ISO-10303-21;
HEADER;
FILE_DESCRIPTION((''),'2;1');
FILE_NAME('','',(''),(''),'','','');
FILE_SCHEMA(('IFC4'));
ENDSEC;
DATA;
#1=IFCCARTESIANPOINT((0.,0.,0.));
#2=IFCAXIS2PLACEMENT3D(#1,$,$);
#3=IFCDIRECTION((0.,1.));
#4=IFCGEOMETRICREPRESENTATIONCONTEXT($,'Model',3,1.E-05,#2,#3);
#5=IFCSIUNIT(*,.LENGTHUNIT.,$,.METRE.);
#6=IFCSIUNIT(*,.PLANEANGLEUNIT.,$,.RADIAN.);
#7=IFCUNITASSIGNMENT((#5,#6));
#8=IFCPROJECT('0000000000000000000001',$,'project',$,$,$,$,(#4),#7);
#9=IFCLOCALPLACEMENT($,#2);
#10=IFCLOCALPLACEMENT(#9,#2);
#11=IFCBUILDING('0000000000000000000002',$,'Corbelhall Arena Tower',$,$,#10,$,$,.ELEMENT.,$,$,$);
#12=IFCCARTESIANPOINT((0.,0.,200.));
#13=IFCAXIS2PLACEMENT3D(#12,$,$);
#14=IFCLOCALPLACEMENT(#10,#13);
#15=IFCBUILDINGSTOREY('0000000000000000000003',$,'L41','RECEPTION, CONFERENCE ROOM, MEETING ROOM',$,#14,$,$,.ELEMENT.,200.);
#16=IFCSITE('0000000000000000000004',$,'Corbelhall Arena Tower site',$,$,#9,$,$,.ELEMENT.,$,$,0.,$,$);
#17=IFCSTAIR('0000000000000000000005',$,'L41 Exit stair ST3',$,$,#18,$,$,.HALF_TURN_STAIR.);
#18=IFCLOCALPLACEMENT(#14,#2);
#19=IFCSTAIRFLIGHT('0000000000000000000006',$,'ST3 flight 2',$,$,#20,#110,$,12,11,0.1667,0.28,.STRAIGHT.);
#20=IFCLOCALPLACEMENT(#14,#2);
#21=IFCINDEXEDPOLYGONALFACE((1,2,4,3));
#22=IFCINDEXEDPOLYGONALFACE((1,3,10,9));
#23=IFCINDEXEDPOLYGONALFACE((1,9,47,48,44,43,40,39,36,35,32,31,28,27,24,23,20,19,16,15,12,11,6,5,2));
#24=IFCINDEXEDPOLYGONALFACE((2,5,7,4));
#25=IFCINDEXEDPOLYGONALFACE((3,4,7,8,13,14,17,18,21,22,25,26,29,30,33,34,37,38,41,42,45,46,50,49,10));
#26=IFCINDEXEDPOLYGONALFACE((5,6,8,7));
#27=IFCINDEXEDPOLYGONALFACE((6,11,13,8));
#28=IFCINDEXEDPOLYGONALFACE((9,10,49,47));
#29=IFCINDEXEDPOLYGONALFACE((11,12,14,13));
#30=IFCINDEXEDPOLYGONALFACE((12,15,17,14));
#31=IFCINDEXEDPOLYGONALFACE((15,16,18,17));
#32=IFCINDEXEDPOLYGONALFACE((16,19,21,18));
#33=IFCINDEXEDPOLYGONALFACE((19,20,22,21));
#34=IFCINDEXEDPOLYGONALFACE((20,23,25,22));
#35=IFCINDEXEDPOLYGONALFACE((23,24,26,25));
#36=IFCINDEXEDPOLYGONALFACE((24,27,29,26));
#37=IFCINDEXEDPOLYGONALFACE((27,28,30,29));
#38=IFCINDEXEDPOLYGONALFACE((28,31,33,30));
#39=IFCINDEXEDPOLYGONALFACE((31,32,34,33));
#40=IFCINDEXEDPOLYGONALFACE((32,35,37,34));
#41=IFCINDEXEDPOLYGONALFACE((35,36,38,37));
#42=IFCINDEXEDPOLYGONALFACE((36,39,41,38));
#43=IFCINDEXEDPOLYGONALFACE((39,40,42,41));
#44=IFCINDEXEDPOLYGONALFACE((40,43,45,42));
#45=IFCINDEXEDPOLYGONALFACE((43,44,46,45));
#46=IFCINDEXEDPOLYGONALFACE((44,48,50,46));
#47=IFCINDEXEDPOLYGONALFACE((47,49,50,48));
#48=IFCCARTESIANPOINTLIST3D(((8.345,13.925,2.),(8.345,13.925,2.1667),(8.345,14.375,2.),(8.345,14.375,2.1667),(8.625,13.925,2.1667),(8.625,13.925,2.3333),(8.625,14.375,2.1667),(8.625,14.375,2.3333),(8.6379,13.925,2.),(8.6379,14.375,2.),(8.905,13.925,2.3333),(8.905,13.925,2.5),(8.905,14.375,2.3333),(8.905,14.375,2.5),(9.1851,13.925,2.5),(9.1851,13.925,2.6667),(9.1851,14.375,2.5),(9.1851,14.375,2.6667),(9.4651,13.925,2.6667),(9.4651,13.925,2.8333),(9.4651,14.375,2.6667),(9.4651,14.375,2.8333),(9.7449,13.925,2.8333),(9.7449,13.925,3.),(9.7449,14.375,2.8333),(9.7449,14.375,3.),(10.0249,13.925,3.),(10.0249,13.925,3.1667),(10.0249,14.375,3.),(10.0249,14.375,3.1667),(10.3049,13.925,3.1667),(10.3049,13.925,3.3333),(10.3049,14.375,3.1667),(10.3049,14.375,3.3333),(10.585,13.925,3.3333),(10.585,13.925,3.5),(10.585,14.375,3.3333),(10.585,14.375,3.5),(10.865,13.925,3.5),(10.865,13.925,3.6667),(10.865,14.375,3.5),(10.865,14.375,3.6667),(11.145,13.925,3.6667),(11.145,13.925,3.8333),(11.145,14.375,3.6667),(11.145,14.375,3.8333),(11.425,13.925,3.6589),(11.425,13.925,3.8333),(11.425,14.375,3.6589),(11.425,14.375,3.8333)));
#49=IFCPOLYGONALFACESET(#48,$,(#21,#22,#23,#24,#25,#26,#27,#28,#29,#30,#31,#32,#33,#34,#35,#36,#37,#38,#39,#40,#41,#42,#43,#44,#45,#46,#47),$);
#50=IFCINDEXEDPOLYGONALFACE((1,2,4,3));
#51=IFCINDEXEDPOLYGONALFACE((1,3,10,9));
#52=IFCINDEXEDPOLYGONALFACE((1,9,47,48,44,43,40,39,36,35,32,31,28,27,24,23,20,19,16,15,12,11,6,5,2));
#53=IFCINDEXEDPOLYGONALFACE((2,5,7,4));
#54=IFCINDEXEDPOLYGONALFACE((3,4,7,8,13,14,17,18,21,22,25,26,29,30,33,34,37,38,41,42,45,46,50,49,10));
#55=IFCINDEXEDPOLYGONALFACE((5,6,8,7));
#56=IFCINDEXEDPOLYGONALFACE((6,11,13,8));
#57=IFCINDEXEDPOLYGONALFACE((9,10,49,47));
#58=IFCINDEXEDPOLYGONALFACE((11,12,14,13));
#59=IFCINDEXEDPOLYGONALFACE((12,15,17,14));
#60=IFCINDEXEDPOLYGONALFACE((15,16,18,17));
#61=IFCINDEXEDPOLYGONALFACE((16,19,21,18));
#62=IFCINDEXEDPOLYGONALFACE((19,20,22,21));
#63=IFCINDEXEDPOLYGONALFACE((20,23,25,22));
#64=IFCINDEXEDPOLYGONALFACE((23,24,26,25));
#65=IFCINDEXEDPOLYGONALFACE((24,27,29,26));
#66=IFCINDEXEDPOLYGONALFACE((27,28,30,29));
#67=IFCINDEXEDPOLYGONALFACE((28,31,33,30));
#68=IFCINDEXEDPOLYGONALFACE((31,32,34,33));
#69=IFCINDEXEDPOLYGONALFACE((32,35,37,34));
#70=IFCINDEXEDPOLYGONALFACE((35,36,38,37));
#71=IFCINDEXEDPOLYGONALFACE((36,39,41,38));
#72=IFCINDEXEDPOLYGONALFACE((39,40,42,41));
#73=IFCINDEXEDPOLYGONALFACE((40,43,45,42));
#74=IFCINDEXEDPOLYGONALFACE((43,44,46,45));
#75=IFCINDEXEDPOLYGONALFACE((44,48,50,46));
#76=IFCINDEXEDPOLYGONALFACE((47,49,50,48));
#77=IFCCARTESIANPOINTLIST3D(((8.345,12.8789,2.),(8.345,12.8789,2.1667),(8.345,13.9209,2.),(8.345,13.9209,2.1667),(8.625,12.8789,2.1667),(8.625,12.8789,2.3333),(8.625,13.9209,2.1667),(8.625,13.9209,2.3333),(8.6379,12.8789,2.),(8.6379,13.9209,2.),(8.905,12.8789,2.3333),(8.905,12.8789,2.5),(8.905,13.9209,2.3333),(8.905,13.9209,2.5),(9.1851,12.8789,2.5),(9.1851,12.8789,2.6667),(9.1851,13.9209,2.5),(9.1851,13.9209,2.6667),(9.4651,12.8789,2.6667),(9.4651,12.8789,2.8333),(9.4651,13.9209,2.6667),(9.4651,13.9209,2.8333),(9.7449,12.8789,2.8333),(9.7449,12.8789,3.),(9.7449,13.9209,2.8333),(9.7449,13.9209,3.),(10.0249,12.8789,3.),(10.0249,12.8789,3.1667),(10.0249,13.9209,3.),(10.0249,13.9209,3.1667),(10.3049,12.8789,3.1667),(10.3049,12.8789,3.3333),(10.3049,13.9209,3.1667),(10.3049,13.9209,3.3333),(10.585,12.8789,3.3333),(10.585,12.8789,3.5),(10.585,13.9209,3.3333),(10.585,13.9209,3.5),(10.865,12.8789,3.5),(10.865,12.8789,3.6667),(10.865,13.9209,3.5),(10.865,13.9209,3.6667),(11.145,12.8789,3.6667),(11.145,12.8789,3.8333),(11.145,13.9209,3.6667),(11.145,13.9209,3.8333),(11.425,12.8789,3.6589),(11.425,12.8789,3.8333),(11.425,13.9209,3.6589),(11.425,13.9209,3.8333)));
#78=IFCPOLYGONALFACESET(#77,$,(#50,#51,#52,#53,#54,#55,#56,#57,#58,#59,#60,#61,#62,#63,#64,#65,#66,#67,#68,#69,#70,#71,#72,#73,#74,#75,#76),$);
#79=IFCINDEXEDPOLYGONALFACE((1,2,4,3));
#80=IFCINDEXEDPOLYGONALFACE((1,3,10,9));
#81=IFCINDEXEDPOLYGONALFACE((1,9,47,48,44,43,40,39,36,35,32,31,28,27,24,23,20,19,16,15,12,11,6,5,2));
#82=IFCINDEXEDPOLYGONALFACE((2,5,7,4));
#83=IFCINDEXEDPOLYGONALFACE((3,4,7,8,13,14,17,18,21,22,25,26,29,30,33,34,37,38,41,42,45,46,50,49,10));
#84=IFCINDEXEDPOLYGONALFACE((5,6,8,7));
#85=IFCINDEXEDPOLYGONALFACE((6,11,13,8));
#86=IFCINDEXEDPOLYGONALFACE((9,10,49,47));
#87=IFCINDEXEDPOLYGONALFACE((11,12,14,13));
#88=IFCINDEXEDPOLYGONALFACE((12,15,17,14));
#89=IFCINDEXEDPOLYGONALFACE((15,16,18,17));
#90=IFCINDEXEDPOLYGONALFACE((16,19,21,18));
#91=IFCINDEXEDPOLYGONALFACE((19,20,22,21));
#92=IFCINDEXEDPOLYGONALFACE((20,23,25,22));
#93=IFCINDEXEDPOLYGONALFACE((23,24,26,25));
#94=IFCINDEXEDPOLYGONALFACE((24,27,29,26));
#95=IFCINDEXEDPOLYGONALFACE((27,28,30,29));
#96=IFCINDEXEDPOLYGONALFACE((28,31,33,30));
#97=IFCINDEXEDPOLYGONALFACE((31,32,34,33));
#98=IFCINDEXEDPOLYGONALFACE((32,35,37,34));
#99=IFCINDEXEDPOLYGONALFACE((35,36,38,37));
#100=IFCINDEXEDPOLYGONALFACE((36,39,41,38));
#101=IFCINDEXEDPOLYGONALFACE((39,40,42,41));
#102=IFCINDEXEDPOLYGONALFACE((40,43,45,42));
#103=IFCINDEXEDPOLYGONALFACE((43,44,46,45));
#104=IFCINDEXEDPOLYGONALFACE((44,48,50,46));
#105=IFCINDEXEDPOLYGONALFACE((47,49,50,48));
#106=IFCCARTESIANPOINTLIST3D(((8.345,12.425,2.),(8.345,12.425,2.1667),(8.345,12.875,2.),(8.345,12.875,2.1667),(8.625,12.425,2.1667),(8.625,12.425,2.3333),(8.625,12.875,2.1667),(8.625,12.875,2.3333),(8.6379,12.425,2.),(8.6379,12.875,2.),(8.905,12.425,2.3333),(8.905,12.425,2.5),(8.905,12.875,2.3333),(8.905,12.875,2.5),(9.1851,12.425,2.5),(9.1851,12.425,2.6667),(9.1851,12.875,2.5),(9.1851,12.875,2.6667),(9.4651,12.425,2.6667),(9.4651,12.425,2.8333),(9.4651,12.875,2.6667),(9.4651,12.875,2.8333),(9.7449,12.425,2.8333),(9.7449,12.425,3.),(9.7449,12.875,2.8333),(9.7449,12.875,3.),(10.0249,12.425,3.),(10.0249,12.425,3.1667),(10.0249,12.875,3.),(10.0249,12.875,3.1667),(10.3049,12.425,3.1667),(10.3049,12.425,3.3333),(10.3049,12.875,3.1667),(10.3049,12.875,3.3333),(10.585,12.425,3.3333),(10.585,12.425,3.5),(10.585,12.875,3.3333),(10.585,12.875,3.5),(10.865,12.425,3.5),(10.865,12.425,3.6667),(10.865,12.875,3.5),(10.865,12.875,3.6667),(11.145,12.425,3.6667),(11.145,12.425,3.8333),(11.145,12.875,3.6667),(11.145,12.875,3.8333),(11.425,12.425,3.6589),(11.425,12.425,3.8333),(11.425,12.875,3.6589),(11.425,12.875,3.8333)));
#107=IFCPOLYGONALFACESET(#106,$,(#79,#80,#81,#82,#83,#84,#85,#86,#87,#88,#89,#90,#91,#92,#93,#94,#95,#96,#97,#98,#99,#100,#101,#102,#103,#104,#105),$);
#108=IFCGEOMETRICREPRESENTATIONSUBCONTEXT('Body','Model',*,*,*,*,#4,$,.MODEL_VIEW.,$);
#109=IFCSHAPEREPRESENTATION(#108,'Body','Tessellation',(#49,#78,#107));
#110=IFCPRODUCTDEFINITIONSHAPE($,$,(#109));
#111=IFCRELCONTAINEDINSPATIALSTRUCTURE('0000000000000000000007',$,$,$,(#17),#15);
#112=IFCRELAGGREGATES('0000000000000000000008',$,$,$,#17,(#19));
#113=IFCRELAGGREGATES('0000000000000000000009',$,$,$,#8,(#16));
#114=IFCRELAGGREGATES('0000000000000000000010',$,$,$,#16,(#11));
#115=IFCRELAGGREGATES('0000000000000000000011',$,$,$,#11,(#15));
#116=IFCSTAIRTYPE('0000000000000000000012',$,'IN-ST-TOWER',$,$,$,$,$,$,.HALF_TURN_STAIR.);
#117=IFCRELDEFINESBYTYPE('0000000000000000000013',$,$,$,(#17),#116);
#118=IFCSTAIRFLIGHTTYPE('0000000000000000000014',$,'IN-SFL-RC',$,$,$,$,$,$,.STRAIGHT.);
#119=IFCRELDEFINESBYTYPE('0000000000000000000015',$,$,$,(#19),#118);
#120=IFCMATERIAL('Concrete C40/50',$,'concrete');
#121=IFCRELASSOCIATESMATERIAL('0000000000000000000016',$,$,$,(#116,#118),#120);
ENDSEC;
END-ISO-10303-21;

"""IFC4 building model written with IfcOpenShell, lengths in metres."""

from ifc_helpers import new_model, si_unit, direction, frame, origin, place, context, subcontext, project, spatial, polyline, outline, extrude, material, type_object, element, aggregate, save


model = new_model("IFC4")

# Units and contexts
model_context = context("Model", 3, precision=1e-05, world=origin(), true_north=direction((0.0, 1.0)))
body_context = subcontext(model_context, "Body", "Model", "MODEL_VIEW")
ifc_project = project(units=[si_unit("LENGTHUNIT", "METRE"), si_unit("PLANEANGLEUNIT", "RADIAN")], contexts=[model_context])

# Site, building, storey
site_placement = place(None, origin())
site = spatial("IfcSite", under=ifc_project, at=site_placement, Name="Corbelhall Arena Tower site", CompositionType="ELEMENT", RefElevation=0.0)
building_placement = place(site_placement, origin())
building = spatial("IfcBuilding", under=site, at=building_placement, Name="Corbelhall Arena Tower", CompositionType="ELEMENT")
storey_placement = place(building_placement, frame((0.0, 0.0, 200.0)))
storey = spatial("IfcBuildingStorey", under=building, at=storey_placement, Name="L41", Description="RECEPTION, CONFERENCE ROOM, MEETING ROOM", CompositionType="ELEMENT", Elevation=200.0)

# Shared definitions
ifc_material_1 = material(Name="Concrete C40/50", Category="concrete")

# Stair, stair flight
stair_type = type_object("IfcStairType", Name="IN-ST-TOWER", PredefinedType="HALF_TURN_STAIR", material=ifc_material_1)
stair_placement = place(storey_placement, origin())
stair = element("IfcStair", 1, at=stair_placement, inside=storey, type_object=stair_type, Name="L41 Exit stair ST3", PredefinedType="HALF_TURN_STAIR")
stair_flight_type = type_object("IfcStairFlightType", Name="IN-SFL-RC", PredefinedType="STRAIGHT", material=ifc_material_1)
stair_flight_placement = place(storey_placement, frame((8.345, 13.3999, 2.0), z_axis=(0.0, 0.0, 1.0), x_axis=(1.0, 0.0, 0.0)))
stair_flight = element("IfcStairFlight", 2, at=stair_flight_placement, type_object=stair_flight_type, Name="ST3 flight 2", NumberOfRisers=12, NumberOfTreads=11, PredefinedType="STRAIGHT", RiserHeight=0.1667, TreadLength=0.28, context=body_context, shape_type="SweptSolid", body=[
    extrude(outline(polyline([(0.0, 0.0), (0.0, 0.1667), (0.28, 0.1667), (0.28, 0.3333), (0.5601, 0.3333), (0.5601, 0.5), (0.8401, 0.5), (0.8401, 0.6667), (1.1201, 0.6667), (1.1201, 0.8333), (1.3999, 0.8333), (1.3999, 1.0), (1.6799, 1.0), (1.6799, 1.1667), (1.96, 1.1667), (1.96, 1.3333), (2.24, 1.3333), (2.24, 1.5), (2.52, 1.5), (2.52, 1.6667), (2.8, 1.6667), (2.8, 1.8333), (3.0801, 1.8333), (3.0801, 2.0), (3.0801, 1.6589), (0.293, 0.0), (0.0, 0.0)])), frame((0.0, 0.9751, 0.0), z_axis=(0.0, -1.0, 0.0), x_axis=(1.0, 0.0, 0.0)), (0.0, 0.0, 1.0), 0.45),
    extrude(outline(polyline([(0.0, 0.0), (0.0, 0.1667), (0.28, 0.1667), (0.28, 0.3333), (0.5601, 0.3333), (0.5601, 0.5), (0.8401, 0.5), (0.8401, 0.6667), (1.1201, 0.6667), (1.1201, 0.8333), (1.3999, 0.8333), (1.3999, 1.0), (1.6799, 1.0), (1.6799, 1.1667), (1.96, 1.1667), (1.96, 1.3333), (2.24, 1.3333), (2.24, 1.5), (2.52, 1.5), (2.52, 1.6667), (2.8, 1.6667), (2.8, 1.8333), (3.0801, 1.8333), (3.0801, 2.0), (3.0801, 1.6589), (0.293, 0.0), (0.0, 0.0)])), frame((0.0, 0.521, 0.0), z_axis=(0.0, -1.0, 0.0), x_axis=(1.0, 0.0, 0.0)), (0.0, 0.0, 1.0), 1.042),
    extrude(outline(polyline([(0.0, 0.0), (0.0, 0.1667), (0.28, 0.1667), (0.28, 0.3333), (0.5601, 0.3333), (0.5601, 0.5), (0.8401, 0.5), (0.8401, 0.6667), (1.1201, 0.6667), (1.1201, 0.8333), (1.3999, 0.8333), (1.3999, 1.0), (1.6799, 1.0), (1.6799, 1.1667), (1.96, 1.1667), (1.96, 1.3333), (2.24, 1.3333), (2.24, 1.5), (2.52, 1.5), (2.52, 1.6667), (2.8, 1.6667), (2.8, 1.8333), (3.0801, 1.8333), (3.0801, 2.0), (3.0801, 1.6589), (0.293, 0.0), (0.0, 0.0)])), frame((0.0, -0.5249, 0.0), z_axis=(0.0, -1.0, 0.0), x_axis=(1.0, 0.0, 0.0)), (0.0, 0.0, 1.0), 0.45),
])
aggregate(stair, [stair_flight])

save(model, "model.ifc")
